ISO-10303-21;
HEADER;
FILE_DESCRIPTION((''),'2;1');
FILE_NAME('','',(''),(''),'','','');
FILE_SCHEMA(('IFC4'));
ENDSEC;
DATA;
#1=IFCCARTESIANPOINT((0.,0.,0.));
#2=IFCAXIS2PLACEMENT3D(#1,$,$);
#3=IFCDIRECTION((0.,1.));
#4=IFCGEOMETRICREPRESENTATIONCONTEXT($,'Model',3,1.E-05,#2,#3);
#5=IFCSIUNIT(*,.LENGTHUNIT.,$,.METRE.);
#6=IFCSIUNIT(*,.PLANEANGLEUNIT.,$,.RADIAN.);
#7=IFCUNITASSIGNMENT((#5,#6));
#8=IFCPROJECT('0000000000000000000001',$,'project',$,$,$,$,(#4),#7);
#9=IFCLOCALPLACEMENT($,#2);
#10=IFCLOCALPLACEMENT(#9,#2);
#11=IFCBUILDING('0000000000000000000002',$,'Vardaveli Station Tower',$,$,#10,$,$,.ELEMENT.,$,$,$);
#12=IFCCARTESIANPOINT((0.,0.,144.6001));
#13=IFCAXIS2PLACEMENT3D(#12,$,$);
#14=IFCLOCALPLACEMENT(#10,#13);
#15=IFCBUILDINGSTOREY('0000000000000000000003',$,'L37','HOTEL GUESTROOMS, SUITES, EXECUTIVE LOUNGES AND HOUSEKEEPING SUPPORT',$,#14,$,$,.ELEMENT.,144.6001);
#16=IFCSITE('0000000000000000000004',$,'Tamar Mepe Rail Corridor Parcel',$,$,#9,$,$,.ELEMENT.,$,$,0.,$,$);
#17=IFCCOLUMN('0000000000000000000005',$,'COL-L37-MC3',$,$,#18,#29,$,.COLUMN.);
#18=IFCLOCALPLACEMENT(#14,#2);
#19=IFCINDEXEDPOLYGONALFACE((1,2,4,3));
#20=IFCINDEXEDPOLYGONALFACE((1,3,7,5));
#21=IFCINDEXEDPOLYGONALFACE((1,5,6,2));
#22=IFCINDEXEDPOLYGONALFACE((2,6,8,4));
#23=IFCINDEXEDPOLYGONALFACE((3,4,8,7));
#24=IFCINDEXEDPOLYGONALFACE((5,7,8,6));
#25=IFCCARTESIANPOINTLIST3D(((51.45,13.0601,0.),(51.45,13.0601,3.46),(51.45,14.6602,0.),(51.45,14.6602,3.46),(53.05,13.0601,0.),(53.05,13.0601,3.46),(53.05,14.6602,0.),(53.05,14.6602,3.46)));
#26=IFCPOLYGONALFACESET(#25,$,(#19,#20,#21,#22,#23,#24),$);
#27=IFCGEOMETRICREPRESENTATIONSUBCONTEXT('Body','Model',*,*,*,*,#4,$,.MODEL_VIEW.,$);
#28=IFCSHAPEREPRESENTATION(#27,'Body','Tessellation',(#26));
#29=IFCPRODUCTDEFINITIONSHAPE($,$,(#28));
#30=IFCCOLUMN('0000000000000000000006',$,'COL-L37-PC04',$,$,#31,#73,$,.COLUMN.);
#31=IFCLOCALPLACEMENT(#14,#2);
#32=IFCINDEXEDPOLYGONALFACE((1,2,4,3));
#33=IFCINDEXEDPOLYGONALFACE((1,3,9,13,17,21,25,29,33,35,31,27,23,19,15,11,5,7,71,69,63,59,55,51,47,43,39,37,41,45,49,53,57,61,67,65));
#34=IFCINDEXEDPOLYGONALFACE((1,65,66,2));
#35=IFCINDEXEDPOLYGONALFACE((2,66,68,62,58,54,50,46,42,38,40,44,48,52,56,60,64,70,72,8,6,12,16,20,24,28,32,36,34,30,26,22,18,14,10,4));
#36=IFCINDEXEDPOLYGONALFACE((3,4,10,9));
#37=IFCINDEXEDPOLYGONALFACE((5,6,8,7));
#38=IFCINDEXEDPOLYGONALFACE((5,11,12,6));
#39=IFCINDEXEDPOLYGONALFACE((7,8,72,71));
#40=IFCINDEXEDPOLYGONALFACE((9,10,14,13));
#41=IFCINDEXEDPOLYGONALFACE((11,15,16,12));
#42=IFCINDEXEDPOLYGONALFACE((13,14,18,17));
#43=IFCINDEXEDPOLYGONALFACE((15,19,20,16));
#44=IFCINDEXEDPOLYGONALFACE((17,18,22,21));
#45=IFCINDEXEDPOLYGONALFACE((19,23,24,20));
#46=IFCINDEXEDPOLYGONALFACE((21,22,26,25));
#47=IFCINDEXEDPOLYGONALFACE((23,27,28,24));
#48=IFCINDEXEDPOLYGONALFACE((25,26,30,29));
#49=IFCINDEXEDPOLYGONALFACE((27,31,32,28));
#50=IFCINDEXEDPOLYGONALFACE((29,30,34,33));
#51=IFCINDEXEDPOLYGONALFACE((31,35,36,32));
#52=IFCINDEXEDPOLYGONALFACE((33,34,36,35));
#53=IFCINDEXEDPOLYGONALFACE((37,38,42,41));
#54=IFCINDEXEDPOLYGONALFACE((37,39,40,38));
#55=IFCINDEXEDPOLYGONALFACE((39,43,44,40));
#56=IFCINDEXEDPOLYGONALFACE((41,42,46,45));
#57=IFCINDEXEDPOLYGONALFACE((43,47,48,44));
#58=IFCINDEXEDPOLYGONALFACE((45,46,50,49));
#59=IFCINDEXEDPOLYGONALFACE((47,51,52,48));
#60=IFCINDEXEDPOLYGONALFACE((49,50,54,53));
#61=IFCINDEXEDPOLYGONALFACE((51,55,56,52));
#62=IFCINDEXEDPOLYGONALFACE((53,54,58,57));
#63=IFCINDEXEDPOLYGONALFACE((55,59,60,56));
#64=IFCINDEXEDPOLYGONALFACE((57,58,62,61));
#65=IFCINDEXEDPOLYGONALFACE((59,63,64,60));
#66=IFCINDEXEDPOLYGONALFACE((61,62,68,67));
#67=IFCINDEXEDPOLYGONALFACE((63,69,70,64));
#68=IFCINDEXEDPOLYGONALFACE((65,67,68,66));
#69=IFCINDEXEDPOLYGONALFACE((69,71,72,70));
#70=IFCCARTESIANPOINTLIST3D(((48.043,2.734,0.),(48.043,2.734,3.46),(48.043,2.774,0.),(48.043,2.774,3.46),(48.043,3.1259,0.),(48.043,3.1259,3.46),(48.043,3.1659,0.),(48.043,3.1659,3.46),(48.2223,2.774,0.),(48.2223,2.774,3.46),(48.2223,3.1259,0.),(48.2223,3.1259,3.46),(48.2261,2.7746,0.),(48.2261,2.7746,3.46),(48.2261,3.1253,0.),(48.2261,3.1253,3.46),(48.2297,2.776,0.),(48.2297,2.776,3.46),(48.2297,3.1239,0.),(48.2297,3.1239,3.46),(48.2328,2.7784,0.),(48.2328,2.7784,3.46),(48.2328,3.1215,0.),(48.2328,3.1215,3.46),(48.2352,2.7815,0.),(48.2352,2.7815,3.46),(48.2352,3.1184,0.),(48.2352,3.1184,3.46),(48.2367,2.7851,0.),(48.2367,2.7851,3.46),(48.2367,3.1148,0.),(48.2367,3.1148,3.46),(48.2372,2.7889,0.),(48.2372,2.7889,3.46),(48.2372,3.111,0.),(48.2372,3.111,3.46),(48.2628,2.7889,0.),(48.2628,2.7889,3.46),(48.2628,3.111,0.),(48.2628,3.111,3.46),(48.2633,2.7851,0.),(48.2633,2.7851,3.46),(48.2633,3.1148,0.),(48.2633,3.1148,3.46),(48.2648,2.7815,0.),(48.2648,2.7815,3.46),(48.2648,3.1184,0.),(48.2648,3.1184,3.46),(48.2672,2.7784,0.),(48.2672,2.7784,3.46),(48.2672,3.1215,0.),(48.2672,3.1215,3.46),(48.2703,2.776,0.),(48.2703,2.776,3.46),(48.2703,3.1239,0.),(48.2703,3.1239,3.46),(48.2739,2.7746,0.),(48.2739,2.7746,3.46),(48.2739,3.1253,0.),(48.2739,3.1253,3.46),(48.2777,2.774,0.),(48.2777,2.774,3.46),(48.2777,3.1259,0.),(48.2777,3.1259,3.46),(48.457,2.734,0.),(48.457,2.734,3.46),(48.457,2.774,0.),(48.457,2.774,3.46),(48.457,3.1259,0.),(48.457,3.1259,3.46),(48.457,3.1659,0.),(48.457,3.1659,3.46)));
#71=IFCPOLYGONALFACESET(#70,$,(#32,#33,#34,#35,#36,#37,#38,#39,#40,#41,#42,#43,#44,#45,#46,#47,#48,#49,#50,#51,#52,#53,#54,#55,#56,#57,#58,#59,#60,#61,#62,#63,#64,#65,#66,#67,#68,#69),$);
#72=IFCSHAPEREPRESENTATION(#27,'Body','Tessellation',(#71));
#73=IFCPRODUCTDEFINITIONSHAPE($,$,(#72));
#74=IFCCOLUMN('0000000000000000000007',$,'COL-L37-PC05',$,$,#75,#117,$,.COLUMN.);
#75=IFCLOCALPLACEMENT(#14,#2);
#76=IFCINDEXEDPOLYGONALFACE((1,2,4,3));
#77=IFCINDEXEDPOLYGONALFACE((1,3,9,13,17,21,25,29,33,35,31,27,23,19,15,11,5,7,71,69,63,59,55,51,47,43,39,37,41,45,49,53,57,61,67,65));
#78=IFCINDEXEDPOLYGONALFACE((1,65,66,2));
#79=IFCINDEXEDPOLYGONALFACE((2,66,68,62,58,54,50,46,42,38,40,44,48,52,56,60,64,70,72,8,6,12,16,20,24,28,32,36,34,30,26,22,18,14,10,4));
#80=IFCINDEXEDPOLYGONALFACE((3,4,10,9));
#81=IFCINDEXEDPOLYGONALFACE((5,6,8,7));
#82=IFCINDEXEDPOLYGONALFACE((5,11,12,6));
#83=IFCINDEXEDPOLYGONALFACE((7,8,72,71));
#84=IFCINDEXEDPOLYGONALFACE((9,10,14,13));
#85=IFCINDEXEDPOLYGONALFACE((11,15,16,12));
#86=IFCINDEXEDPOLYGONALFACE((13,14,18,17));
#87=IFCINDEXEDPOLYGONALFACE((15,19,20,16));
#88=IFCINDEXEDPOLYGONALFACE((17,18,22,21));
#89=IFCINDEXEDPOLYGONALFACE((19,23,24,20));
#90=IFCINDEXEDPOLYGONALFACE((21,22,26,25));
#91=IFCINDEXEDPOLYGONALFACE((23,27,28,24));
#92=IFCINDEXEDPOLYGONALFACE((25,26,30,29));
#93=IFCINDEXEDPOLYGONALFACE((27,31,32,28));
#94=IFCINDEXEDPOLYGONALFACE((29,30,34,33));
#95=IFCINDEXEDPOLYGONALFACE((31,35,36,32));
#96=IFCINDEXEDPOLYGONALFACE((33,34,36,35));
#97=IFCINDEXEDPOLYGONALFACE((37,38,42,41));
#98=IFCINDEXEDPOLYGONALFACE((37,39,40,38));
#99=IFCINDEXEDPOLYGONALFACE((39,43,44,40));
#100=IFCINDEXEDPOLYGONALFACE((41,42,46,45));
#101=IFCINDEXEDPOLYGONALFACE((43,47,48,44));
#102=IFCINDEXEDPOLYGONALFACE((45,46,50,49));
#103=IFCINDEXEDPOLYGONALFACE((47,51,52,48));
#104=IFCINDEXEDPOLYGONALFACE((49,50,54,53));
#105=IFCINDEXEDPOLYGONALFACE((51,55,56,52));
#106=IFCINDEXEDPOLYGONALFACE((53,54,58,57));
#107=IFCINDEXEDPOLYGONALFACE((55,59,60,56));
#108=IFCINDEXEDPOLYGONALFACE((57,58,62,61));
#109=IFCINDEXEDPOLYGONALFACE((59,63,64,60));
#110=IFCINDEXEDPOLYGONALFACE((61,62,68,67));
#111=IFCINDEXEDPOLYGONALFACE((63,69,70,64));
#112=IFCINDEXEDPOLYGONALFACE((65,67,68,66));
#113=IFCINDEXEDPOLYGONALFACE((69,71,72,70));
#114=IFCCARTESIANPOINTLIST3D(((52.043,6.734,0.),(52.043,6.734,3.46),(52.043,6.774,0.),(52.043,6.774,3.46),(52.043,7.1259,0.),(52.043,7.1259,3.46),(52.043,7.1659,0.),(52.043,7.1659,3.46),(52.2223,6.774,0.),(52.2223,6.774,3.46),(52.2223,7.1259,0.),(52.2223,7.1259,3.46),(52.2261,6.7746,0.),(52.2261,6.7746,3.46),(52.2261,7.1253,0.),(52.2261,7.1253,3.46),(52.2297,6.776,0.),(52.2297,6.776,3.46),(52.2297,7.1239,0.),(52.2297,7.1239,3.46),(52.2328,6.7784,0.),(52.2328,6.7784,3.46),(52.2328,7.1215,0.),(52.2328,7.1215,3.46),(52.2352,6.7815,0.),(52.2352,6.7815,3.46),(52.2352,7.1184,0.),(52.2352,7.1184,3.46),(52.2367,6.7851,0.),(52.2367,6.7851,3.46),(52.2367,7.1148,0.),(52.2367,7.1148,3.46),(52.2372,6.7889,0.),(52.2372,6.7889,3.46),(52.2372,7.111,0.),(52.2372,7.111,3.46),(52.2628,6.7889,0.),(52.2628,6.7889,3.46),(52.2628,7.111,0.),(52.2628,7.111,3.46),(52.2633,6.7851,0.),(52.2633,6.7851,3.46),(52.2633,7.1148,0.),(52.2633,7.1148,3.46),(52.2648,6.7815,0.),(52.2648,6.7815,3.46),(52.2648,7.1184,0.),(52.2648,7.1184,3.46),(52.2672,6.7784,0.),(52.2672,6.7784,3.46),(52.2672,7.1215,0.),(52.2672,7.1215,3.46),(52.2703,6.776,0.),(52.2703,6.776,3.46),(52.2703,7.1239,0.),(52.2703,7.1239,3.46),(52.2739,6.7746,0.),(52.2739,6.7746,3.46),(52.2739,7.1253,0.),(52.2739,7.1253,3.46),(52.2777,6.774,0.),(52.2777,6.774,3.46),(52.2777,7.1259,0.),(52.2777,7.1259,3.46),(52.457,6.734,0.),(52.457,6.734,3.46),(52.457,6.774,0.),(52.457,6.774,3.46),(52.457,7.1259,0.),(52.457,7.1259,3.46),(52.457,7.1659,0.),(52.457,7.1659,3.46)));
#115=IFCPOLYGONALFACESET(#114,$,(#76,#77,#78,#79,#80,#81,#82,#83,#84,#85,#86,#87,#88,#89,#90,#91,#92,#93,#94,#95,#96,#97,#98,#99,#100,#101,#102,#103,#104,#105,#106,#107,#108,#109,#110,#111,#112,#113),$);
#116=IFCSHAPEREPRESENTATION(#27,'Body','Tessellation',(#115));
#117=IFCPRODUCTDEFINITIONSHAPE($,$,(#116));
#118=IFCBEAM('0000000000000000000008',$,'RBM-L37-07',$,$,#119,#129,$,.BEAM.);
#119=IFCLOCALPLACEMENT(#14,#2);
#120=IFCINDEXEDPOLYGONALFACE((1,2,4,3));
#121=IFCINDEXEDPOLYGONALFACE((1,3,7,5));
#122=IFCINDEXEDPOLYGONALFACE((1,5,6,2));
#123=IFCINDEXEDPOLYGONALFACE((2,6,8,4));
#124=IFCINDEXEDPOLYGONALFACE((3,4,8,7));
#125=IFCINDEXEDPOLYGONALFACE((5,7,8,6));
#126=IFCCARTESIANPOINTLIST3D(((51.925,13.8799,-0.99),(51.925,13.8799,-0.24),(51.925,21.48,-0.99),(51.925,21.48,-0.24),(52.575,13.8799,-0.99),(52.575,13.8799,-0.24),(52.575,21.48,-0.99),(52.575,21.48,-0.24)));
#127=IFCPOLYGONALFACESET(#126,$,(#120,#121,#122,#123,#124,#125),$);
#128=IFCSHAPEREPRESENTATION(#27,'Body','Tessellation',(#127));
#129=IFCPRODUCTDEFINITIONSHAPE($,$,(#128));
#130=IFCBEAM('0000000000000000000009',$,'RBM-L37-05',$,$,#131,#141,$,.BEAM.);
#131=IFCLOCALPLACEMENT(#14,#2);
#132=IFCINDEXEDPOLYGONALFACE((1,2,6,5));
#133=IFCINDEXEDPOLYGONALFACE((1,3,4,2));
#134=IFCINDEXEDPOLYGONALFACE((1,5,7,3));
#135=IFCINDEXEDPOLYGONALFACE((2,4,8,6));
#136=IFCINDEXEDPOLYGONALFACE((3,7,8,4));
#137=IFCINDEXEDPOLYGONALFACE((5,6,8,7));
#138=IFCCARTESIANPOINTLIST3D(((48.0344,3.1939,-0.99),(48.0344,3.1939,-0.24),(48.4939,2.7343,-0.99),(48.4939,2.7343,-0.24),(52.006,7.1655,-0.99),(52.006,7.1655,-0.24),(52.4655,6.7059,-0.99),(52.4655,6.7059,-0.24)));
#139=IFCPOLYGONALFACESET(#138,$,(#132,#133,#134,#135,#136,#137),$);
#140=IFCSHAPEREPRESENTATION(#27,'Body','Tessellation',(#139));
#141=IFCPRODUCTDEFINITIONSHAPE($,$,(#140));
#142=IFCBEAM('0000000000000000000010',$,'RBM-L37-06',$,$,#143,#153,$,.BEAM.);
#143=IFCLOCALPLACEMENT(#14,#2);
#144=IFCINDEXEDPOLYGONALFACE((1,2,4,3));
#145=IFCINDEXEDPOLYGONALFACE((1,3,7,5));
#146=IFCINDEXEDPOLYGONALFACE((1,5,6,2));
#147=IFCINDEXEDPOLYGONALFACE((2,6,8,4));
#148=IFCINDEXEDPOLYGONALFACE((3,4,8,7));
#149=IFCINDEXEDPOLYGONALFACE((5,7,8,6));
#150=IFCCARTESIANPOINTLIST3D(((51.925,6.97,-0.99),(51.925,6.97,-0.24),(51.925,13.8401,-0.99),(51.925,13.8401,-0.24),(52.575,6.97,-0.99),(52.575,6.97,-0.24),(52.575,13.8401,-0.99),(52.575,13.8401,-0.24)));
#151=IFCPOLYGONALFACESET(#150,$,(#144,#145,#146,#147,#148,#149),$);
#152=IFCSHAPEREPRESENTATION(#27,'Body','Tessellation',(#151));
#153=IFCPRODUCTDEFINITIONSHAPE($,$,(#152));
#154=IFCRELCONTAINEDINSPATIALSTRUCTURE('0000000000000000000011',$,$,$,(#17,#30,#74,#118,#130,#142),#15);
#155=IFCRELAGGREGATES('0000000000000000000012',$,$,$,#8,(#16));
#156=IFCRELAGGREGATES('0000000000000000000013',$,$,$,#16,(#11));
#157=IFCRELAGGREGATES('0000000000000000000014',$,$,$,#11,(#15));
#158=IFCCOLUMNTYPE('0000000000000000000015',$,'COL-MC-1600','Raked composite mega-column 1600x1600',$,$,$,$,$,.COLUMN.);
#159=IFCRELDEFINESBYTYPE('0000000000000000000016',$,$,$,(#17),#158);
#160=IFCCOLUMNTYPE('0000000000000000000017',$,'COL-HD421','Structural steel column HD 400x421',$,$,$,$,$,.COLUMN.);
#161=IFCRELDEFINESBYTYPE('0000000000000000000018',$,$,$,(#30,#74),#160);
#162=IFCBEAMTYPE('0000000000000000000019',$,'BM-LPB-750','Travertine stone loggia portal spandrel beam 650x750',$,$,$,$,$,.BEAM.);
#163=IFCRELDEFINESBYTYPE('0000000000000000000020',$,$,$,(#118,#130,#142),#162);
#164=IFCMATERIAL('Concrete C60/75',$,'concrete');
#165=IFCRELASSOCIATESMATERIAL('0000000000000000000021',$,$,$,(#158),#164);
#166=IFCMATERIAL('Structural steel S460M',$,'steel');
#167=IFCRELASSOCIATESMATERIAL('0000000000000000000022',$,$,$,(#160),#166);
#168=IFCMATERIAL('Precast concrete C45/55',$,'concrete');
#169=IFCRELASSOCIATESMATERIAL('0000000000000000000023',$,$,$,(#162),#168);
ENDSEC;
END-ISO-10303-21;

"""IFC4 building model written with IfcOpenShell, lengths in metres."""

from ifc_helpers import new_model, si_unit, direction, frame, origin, origin_2d, place, context, subcontext, project, spatial, rectangle, i_section, extrude, source, transform, mapped, material, material_profile, profile_set, type_object, element, save


model = new_model("IFC4")

# Units and contexts
model_context = context("Model", 3, precision=1e-05, world=origin(), true_north=direction((0.0, 1.0)))
body_context = subcontext(model_context, "Body", "Model", "MODEL_VIEW")
ifc_project = project(units=[si_unit("LENGTHUNIT", "METRE"), si_unit("PLANEANGLEUNIT", "RADIAN")], contexts=[model_context])

# Site, building, storey
site_placement = place(None, origin())
site = spatial("IfcSite", under=ifc_project, at=site_placement, Name="Tamar Mepe Rail Corridor Parcel", CompositionType="ELEMENT", RefElevation=0.0)
building_placement = place(site_placement, origin())
building = spatial("IfcBuilding", under=site, at=building_placement, Name="Vardaveli Station Tower", CompositionType="ELEMENT")
storey_placement = place(building_placement, frame((0.0, 0.0, 144.6001)))
storey = spatial("IfcBuildingStorey", under=building, at=storey_placement, Name="L37", Description="HOTEL GUESTROOMS, SUITES, EXECUTIVE LOUNGES AND HOUSEKEEPING SUPPORT", CompositionType="ELEMENT", Elevation=144.6001)

# Columns
ifc_material_1 = material(Name="Concrete C60/75", Category="concrete")
ifc_material_profile_1 = material_profile(ifc_material_1, rectangle(XDim=1.6001, YDim=1.6001, at=origin_2d()), Name="MC 1600x1600")
ifc_profile_set_1 = profile_set([ifc_material_profile_1], Name="Concrete C60/75")
column_type_1 = type_object("IfcColumnType", Name="COL-MC-1600", Description="Raked composite mega-column 1600x1600", PredefinedType="COLUMN", material=ifc_profile_set_1)
shared_shape_1 = source(origin(), body_context, "Body", "SweptSolid", [
    extrude(rectangle(XDim=1.6001, YDim=1.6001, at=origin_2d()), origin(), (0.0, 0.0, 1.0), 3.46),
])
column_placement = place(storey_placement, frame((52.25, 13.8601, 0.0), z_axis=(0.0, 0.0, 1.0), x_axis=(1.0, 0.0, 0.0)))
element("IfcColumn", 1, at=column_placement, inside=storey, type_object=column_type_1, Name="COL-L37-MC3", PredefinedType="COLUMN", context=body_context, shape_type="MappedRepresentation", body=[
    mapped(shared_shape_1, transform((0.0, 0.0, 0.0), scale=1.0)),
])
ifc_material_2 = material(Name="Structural steel S460M", Category="steel")
ifc_material_profile_2 = material_profile(ifc_material_2, i_section(OverallWidth=0.4141, OverallDepth=0.4319, WebThickness=0.0256, FlangeThickness=0.04, FilletRadius=0.0149, at=origin_2d()), Name="HD 400x421")
ifc_profile_set_2 = profile_set([ifc_material_profile_2], Name="Structural steel S460M")
column_type_2 = type_object("IfcColumnType", Name="COL-HD421", Description="Structural steel column HD 400x421", PredefinedType="COLUMN", material=ifc_profile_set_2)
shared_shape_2 = source(origin(), body_context, "Body", "SweptSolid", [
    extrude(i_section(OverallWidth=0.4141, OverallDepth=0.4319, WebThickness=0.0256, FlangeThickness=0.04, FilletRadius=0.0149, at=origin_2d()), origin(), (0.0, 0.0, 1.0), 3.46),
])
for number, where, z_axis, x_axis, name in (
    (2, (48.25, 2.95, 0.0), (0.0, 0.0, 1.0), (1.0, 0.0, 0.0), "COL-L37-PC04"),
    (3, (52.25, 6.95, 0.0), (0.0, 0.0, 1.0), (1.0, 0.0, 0.0), "COL-L37-PC05"),
):
    element("IfcColumn", number, at=place(storey_placement, frame(where, z_axis=z_axis, x_axis=x_axis)), inside=storey, type_object=column_type_2, Name=name, PredefinedType="COLUMN", context=body_context, shape_type="MappedRepresentation", body=[
        mapped(shared_shape_2, transform((0.0, 0.0, 0.0), scale=1.0)),
    ])

# Beams
ifc_material_3 = material(Name="Precast concrete C45/55", Category="concrete")
ifc_material_profile_3 = material_profile(ifc_material_3, rectangle(XDim=0.6499, YDim=0.75, at=origin_2d()), Name="LPB 650x750")
ifc_profile_set_3 = profile_set([ifc_material_profile_3], Name="Precast concrete C45/55")
beam_type_1 = type_object("IfcBeamType", Name="BM-LPB-750", Description="Travertine stone loggia portal spandrel beam 650x750", PredefinedType="BEAM", material=ifc_profile_set_3)
shared_shape_3 = source(origin(), body_context, "Body", "SweptSolid", [
    extrude(rectangle(XDim=0.6499, YDim=0.75, at=origin_2d()), origin(), (0.0, 0.0, 1.0), 7.6001),
])
beam_1_placement = place(storey_placement, frame((52.25, 13.8799, -0.615), z_axis=(0.0, 1.0, 0.0), x_axis=(-1.0, 0.0, 0.0)))
element("IfcBeam", 4, at=beam_1_placement, inside=storey, type_object=beam_type_1, Name="RBM-L37-07", PredefinedType="BEAM", context=body_context, shape_type="MappedRepresentation", body=[
    mapped(shared_shape_3, transform((0.0, 0.0, 0.0), scale=1.0)),
])
shared_shape_4 = source(origin(), body_context, "Body", "SweptSolid", [
    extrude(rectangle(XDim=0.6499, YDim=0.75, at=origin_2d()), origin(), (0.0, 0.0, 1.0), 5.6167),
])
beam_2_placement = place(storey_placement, frame((48.2642, 2.9641, -0.615), z_axis=(0.707107, 0.707107, 0.0), x_axis=(-0.707107, 0.707107, 0.0)))
element("IfcBeam", 5, at=beam_2_placement, inside=storey, type_object=beam_type_1, Name="RBM-L37-05", PredefinedType="BEAM", context=body_context, shape_type="MappedRepresentation", body=[
    mapped(shared_shape_4, transform((0.0, 0.0, 0.0), scale=1.0)),
])
shared_shape_5 = source(origin(), body_context, "Body", "SweptSolid", [
    extrude(rectangle(XDim=0.6499, YDim=0.75, at=origin_2d()), origin(), (0.0, 0.0, 1.0), 6.8701),
])
beam_3_placement = place(storey_placement, frame((52.25, 6.97, -0.615), z_axis=(0.0, 1.0, 0.0), x_axis=(-1.0, 0.0, 0.0)))
element("IfcBeam", 6, at=beam_3_placement, inside=storey, type_object=beam_type_1, Name="RBM-L37-06", PredefinedType="BEAM", context=body_context, shape_type="MappedRepresentation", body=[
    mapped(shared_shape_5, transform((0.0, 0.0, 0.0), scale=1.0)),
])

save(model, "model.ifc")
